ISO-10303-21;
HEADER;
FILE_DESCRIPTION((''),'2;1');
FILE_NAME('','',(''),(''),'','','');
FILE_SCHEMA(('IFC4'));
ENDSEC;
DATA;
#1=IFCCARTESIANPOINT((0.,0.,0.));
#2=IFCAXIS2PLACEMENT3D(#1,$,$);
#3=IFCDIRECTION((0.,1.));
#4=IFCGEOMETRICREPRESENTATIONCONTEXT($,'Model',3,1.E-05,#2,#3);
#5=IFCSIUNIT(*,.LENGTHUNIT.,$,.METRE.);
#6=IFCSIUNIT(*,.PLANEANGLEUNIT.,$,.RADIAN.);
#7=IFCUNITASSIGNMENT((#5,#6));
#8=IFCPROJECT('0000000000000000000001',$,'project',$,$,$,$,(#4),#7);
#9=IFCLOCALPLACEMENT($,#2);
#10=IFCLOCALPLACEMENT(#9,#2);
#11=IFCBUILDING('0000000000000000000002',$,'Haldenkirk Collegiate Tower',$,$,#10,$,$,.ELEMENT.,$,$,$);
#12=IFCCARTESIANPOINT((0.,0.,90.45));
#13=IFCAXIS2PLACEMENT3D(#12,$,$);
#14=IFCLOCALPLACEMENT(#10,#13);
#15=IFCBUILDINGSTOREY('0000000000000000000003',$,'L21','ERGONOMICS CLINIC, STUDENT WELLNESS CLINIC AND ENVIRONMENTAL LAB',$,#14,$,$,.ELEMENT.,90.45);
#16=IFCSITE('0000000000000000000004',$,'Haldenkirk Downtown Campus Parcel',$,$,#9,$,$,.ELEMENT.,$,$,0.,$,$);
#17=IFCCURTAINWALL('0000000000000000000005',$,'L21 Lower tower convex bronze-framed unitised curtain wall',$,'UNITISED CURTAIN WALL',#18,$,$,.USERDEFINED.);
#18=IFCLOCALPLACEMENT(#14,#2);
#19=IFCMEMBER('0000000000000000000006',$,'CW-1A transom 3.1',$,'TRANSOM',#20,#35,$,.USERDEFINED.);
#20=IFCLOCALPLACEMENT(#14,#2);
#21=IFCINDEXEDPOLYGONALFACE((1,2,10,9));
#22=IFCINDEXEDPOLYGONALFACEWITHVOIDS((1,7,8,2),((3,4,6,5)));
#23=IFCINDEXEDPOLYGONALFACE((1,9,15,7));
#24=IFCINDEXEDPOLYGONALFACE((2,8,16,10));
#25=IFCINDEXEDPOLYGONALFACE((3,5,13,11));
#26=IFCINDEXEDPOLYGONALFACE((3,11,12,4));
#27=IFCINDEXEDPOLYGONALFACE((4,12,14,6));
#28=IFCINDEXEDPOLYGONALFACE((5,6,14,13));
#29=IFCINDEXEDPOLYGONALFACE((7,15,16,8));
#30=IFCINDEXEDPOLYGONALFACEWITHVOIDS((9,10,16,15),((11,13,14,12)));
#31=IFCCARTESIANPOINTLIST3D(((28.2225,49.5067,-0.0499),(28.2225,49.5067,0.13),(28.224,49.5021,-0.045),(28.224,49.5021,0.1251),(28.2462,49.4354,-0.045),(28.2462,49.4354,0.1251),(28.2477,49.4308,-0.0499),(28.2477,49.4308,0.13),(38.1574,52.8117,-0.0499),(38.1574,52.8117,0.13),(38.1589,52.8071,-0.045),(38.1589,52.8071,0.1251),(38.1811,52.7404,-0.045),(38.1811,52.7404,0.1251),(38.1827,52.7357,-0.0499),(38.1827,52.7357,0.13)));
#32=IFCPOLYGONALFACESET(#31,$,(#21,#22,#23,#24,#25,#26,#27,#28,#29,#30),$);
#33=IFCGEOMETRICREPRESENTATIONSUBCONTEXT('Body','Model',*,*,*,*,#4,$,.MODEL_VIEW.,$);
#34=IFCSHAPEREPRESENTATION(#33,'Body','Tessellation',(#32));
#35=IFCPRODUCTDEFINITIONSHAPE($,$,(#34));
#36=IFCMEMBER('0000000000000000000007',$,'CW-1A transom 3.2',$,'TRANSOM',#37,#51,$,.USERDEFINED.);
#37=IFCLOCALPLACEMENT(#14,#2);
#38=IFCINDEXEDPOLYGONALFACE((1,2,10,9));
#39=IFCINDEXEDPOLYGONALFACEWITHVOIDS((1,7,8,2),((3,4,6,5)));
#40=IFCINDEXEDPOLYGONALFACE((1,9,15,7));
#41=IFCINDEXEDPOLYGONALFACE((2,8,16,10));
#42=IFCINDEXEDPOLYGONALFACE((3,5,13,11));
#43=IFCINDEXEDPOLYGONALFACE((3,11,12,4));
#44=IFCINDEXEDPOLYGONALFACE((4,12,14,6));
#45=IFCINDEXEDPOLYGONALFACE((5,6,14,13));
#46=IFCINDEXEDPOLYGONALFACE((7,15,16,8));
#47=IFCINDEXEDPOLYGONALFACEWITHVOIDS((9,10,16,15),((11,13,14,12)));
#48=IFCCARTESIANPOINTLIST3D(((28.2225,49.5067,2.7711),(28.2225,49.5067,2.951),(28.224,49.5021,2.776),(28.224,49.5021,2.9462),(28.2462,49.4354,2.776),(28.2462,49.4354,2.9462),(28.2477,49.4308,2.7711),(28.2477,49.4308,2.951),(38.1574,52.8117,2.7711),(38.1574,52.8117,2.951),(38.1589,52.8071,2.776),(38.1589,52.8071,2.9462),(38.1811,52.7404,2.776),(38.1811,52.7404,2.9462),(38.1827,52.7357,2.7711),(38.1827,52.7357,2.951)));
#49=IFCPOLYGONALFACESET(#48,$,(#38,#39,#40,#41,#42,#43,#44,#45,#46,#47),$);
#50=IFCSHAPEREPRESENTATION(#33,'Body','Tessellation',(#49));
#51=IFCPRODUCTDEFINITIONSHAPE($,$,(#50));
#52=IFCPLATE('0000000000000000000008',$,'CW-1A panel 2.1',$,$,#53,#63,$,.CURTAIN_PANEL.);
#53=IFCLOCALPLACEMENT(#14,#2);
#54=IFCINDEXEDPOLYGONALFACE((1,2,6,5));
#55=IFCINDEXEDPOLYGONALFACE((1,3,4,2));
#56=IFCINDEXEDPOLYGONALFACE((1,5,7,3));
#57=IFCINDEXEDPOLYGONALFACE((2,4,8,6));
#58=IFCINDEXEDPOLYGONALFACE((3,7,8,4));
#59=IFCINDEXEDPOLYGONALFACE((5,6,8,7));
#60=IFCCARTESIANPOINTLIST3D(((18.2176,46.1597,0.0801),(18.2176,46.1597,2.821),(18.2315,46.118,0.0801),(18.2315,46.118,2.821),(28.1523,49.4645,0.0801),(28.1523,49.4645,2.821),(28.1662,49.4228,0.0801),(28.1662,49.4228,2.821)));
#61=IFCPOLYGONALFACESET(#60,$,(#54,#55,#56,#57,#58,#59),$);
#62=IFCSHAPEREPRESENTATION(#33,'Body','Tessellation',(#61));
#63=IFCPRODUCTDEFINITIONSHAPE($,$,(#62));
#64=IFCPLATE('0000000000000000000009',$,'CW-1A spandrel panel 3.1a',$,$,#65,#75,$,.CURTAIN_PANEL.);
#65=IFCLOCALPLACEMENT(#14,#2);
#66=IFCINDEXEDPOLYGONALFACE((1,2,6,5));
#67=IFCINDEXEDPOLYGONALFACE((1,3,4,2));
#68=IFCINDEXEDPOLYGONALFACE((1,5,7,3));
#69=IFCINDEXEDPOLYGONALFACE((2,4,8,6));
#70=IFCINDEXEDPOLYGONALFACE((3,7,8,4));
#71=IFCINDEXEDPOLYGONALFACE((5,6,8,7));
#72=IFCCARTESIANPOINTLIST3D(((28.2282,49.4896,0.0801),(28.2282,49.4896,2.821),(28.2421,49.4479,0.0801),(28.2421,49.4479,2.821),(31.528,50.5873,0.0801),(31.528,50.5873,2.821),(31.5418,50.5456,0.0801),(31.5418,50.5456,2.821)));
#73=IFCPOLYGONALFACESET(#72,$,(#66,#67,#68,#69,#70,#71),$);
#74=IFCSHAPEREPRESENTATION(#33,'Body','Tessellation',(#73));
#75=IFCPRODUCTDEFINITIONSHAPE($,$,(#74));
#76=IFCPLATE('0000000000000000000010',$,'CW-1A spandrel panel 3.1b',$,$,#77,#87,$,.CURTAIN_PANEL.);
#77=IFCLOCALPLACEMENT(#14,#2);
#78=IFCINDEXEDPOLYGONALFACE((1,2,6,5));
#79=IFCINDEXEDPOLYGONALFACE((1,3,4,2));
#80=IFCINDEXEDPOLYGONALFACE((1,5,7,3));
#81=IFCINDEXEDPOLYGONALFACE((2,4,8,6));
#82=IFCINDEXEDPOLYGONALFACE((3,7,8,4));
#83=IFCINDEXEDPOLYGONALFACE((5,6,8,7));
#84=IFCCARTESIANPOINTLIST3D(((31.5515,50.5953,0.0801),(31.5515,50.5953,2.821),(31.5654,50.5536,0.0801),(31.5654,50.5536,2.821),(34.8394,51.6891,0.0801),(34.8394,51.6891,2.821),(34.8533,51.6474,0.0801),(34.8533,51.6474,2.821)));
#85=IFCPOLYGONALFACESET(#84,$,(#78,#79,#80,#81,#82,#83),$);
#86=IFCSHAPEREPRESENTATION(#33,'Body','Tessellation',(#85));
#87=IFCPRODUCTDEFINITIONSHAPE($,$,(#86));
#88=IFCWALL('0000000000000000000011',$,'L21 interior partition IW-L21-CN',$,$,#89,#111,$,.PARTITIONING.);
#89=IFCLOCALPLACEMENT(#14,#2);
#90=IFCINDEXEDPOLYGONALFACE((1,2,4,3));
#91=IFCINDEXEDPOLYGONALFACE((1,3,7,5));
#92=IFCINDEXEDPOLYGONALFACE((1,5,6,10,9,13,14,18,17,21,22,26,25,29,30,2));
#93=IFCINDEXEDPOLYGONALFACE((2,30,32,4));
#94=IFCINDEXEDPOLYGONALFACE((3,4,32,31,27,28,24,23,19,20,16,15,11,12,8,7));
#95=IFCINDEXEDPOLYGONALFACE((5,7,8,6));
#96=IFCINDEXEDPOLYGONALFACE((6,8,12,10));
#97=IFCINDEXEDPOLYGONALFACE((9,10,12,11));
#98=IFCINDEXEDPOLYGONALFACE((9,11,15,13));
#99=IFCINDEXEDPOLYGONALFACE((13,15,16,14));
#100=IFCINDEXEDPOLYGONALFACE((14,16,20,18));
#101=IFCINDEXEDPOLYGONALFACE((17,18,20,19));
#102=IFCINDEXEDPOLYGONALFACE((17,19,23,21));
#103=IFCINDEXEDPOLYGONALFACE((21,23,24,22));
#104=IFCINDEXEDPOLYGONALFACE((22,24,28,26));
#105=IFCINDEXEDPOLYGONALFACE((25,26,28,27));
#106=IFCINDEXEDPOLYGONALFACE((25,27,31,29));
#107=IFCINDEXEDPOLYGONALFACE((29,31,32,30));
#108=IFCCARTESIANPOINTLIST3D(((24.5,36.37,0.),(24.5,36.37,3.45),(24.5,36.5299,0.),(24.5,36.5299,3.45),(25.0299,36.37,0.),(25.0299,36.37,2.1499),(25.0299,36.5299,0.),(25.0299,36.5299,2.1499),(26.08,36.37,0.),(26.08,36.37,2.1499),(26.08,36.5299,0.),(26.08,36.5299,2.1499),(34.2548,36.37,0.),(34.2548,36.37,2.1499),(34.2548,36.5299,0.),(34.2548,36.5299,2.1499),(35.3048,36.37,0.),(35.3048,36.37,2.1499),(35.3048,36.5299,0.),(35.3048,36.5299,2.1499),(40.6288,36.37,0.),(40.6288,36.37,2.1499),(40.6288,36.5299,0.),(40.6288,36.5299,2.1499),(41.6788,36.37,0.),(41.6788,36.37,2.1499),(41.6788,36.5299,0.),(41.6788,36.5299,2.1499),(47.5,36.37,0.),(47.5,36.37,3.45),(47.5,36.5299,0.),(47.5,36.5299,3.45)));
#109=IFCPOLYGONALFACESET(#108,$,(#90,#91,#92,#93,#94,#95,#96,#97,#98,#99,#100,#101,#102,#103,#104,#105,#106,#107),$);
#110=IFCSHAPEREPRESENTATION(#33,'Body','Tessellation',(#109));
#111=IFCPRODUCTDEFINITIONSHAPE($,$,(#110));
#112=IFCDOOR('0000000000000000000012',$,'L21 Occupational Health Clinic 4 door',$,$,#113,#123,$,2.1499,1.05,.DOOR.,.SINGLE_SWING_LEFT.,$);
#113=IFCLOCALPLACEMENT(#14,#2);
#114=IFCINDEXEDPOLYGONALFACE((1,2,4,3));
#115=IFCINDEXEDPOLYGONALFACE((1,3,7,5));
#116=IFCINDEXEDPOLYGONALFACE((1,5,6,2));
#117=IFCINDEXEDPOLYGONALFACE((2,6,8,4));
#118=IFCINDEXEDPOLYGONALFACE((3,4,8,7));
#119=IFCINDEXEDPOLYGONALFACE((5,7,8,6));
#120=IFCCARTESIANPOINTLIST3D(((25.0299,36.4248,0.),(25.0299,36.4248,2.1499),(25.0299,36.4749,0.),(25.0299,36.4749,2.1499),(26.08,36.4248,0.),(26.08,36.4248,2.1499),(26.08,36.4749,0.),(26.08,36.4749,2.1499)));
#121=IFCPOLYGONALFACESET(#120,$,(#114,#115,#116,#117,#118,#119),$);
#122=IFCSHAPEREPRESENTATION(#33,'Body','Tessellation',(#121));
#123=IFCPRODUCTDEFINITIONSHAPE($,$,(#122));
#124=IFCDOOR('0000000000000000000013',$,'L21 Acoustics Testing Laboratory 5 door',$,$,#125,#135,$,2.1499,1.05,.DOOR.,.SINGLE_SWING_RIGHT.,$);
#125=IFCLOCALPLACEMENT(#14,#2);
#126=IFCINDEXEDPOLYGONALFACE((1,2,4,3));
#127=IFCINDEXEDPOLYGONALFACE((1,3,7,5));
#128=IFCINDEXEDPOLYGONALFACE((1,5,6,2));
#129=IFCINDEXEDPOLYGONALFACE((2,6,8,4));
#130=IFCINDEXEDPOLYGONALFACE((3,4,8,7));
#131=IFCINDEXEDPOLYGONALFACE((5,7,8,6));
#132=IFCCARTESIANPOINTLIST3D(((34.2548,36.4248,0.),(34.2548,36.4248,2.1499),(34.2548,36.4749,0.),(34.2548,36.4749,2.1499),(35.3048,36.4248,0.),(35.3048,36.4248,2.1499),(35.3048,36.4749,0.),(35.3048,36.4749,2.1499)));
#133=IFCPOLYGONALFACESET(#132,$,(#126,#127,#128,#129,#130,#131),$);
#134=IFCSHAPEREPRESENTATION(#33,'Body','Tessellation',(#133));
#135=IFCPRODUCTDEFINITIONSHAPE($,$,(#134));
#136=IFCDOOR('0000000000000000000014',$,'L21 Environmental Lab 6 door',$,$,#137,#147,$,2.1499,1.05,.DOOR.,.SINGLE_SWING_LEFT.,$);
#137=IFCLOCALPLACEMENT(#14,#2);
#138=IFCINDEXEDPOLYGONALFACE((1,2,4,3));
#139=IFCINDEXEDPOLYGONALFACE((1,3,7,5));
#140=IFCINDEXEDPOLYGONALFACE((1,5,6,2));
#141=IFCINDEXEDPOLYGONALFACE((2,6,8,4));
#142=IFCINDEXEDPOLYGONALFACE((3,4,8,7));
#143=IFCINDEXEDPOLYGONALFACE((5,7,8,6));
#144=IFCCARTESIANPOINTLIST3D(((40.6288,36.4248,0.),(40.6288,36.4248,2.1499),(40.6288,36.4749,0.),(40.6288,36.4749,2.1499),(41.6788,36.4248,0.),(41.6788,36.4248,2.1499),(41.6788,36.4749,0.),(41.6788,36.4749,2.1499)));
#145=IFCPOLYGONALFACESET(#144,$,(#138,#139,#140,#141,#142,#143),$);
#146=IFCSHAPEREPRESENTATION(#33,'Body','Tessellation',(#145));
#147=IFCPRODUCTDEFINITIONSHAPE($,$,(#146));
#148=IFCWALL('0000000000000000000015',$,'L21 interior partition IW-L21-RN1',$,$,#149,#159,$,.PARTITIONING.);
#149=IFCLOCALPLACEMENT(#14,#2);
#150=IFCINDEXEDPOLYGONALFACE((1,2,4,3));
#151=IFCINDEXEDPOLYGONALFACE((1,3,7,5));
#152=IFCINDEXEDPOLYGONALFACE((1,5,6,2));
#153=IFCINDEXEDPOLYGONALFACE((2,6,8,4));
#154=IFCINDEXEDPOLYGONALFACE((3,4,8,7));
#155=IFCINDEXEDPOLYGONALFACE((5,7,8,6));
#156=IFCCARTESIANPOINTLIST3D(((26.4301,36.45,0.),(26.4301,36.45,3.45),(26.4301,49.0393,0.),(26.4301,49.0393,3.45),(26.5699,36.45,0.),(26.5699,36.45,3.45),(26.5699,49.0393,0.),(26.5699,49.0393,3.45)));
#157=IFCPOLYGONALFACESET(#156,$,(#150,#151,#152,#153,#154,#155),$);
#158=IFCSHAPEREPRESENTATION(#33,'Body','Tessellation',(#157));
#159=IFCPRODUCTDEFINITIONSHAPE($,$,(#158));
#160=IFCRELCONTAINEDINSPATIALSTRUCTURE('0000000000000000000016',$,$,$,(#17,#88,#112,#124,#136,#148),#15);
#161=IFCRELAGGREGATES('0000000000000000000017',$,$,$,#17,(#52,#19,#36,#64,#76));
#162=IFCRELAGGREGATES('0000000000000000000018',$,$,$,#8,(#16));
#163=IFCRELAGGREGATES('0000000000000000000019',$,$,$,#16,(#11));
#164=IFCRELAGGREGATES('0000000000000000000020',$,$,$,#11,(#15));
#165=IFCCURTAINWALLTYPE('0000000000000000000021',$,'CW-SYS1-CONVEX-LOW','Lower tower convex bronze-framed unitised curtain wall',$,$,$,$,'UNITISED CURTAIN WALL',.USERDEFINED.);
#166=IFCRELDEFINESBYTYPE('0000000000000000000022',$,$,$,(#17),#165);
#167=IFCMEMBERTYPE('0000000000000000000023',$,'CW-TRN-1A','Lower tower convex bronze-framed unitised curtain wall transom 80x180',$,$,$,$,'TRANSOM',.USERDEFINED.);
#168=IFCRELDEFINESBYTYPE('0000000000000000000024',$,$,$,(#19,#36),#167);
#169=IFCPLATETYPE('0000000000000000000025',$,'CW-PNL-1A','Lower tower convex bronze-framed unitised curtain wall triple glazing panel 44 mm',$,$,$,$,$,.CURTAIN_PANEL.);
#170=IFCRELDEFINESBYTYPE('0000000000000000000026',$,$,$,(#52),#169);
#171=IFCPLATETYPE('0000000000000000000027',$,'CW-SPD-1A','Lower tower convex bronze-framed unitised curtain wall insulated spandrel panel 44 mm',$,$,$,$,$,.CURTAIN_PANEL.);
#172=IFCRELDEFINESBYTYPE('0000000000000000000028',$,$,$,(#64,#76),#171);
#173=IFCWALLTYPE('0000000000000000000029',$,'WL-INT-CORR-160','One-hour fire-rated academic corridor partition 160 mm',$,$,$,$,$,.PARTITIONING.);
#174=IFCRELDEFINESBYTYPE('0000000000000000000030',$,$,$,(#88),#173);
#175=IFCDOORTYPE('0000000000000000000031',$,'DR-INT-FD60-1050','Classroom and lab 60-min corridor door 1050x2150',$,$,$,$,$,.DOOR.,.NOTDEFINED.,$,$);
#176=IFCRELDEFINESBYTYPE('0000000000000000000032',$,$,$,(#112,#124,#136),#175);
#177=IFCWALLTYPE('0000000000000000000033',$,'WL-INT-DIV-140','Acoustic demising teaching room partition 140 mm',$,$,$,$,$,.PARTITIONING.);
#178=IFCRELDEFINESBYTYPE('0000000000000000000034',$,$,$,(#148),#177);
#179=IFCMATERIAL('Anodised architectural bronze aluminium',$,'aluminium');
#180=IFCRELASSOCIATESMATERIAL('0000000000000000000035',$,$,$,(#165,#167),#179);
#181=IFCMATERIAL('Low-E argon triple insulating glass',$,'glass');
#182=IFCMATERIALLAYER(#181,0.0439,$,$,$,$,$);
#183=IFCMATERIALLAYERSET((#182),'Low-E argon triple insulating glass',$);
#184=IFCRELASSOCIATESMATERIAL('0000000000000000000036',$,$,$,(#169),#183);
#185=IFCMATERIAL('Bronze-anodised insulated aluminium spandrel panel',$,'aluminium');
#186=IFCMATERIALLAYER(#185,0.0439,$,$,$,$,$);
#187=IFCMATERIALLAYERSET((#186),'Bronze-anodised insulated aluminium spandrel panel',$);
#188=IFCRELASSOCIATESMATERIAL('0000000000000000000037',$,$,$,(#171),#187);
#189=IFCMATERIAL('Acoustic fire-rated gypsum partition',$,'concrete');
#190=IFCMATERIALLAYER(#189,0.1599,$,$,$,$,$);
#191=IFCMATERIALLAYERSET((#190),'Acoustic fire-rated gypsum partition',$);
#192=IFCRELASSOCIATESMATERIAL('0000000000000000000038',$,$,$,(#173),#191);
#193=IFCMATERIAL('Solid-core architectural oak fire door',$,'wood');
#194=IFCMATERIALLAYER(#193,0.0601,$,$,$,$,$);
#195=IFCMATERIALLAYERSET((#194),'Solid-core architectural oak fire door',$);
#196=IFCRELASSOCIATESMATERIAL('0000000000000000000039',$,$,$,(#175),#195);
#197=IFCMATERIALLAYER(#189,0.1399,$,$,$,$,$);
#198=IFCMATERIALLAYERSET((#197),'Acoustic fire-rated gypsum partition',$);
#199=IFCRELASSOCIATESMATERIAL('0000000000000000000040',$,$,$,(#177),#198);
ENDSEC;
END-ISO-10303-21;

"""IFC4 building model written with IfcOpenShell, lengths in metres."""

from ifc_helpers import new_model, si_unit, direction, frame, frame_2d, origin, origin_2d, place, context, subcontext, project, spatial, rectangle, hollow_rectangle, extrude, source, transform, mapped, material, layer, layer_set, material_profile, profile_set, type_object, element, fill, aggregate, save


model = new_model("IFC4")

# Units and contexts
model_context = context("Model", 3, precision=1e-05, world=origin(), true_north=direction((0.0, 1.0)))
body_context = subcontext(model_context, "Body", "Model", "MODEL_VIEW")
ifc_project = project(units=[si_unit("LENGTHUNIT", "METRE"), si_unit("PLANEANGLEUNIT", "RADIAN")], contexts=[model_context])

# Site, building, storey
site_placement = place(None, origin())
site = spatial("IfcSite", under=ifc_project, at=site_placement, Name="Haldenkirk Downtown Campus Parcel", CompositionType="ELEMENT", RefElevation=0.0)
building_placement = place(site_placement, origin())
building = spatial("IfcBuilding", under=site, at=building_placement, Name="Haldenkirk Collegiate Tower", CompositionType="ELEMENT")
storey_placement = place(building_placement, frame((0.0, 0.0, 90.45)))
storey = spatial("IfcBuildingStorey", under=building, at=storey_placement, Name="L21", Description="ERGONOMICS CLINIC, STUDENT WELLNESS CLINIC AND ENVIRONMENTAL LAB", CompositionType="ELEMENT", Elevation=90.45)

# Curtain wall, members, plates
ifc_material_1 = material(Name="Anodised architectural bronze aluminium", Category="aluminium")
curtain_wall_type = type_object("IfcCurtainWallType", Name="CW-SYS1-CONVEX-LOW", Description="Lower tower convex bronze-framed unitised curtain wall", ElementType="UNITISED CURTAIN WALL", PredefinedType="USERDEFINED", material=ifc_material_1)
curtain_wall_placement = place(storey_placement, origin())
curtain_wall = element("IfcCurtainWall", 1, at=curtain_wall_placement, inside=storey, type_object=curtain_wall_type, Name="L21 Lower tower convex bronze-framed unitised curtain wall", ObjectType="UNITISED CURTAIN WALL", PredefinedType="USERDEFINED")
ifc_material_profile_1 = material_profile(ifc_material_1, hollow_rectangle(XDim=0.0801, YDim=0.1799, WallThickness=0.0049, at=origin_2d()), Name="CW-TRN-1A")
ifc_profile_set_1 = profile_set([ifc_material_profile_1], Name="Anodised architectural bronze aluminium")
member_type_1 = type_object("IfcMemberType", Name="CW-TRN-1A", Description="Lower tower convex bronze-framed unitised curtain wall transom 80x180", ElementType="TRANSOM", PredefinedType="USERDEFINED", material=ifc_profile_set_1)
member_1_placement = place(storey_placement, frame((28.2351, 49.4688, 0.04), z_axis=(0.948874, 0.315654, 0.0), x_axis=(-0.315654, 0.948874, 0.0)))
member_1 = element("IfcMember", 2, at=member_1_placement, type_object=member_type_1, Name="CW-1A transom 3.1", ObjectType="TRANSOM", PredefinedType="USERDEFINED", context=body_context, shape_type="SweptSolid", body=[
    extrude(hollow_rectangle(XDim=0.0801, YDim=0.1799, WallThickness=0.0049, at=origin_2d()), origin(), (0.0, 0.0, 1.0), 10.4702),
])
member_2_placement = place(storey_placement, frame((28.2351, 49.4688, 2.8611), z_axis=(0.948874, 0.315654, 0.0), x_axis=(-0.315654, 0.948874, 0.0)))
member_2 = element("IfcMember", 3, at=member_2_placement, type_object=member_type_1, Name="CW-1A transom 3.2", ObjectType="TRANSOM", PredefinedType="USERDEFINED", context=body_context, shape_type="SweptSolid", body=[
    extrude(hollow_rectangle(XDim=0.0801, YDim=0.1799, WallThickness=0.0049, at=origin_2d()), origin(), (0.0, 0.0, 1.0), 10.4702),
])
ifc_material_2 = material(Name="Low-E argon triple insulating glass", Category="glass")
ifc_layer_1 = layer(ifc_material_2, 0.0439)
ifc_layer_set_1 = layer_set([ifc_layer_1], Name="Low-E argon triple insulating glass")
plate_type_1 = type_object("IfcPlateType", Name="CW-PNL-1A", Description="Lower tower convex bronze-framed unitised curtain wall triple glazing panel 44 mm", PredefinedType="CURTAIN_PANEL", material=ifc_layer_set_1)
shared_shape_1 = source(origin(), body_context, "Body", "SweptSolid", [
    extrude(rectangle(XDim=10.47, YDim=0.0439, at=origin_2d()), origin(), (0.0, 0.0, 1.0), 2.741),
])
plate_1_placement = place(storey_placement, frame((23.1919, 47.7913, 0.0801), z_axis=(0.0, 0.0, 1.0), x_axis=(0.948876, 0.31565, 0.0)))
plate_1 = element("IfcPlate", 4, at=plate_1_placement, type_object=plate_type_1, Name="CW-1A panel 2.1", PredefinedType="CURTAIN_PANEL", context=body_context, shape_type="MappedRepresentation", body=[
    mapped(shared_shape_1, transform((0.0, 0.0, 0.0), x_axis=(1.0, 0.0, 0.0), y_axis=(0.0, 1.0, 0.0), z_axis=(0.0, 0.0, 1.0), scale=1.0)),
])
ifc_material_3 = material(Name="Bronze-anodised insulated aluminium spandrel panel", Category="aluminium")
ifc_layer_2 = layer(ifc_material_3, 0.0439)
ifc_layer_set_2 = layer_set([ifc_layer_2], Name="Bronze-anodised insulated aluminium spandrel panel")
plate_type_2 = type_object("IfcPlateType", Name="CW-SPD-1A", Description="Lower tower convex bronze-framed unitised curtain wall insulated spandrel panel 44 mm", PredefinedType="CURTAIN_PANEL", material=ifc_layer_set_2)
shared_shape_2 = source(origin(), body_context, "Body", "SweptSolid", [
    extrude(rectangle(XDim=3.4775, YDim=0.0439, at=origin_2d()), origin(), (0.0, 0.0, 1.0), 2.741),
])
plate_2_placement = place(storey_placement, frame((29.885, 50.0176, 0.0801), z_axis=(0.0, 0.0, 1.0), x_axis=(0.948876, 0.31565, 0.0)))
plate_2 = element("IfcPlate", 5, at=plate_2_placement, type_object=plate_type_2, Name="CW-1A spandrel panel 3.1a", PredefinedType="CURTAIN_PANEL", context=body_context, shape_type="MappedRepresentation", body=[
    mapped(shared_shape_2, transform((0.0, 0.0, 0.0), x_axis=(1.0, 0.0, 0.0), y_axis=(0.0, 1.0, 0.0), z_axis=(0.0, 0.0, 1.0), scale=1.0)),
])
shared_shape_3 = source(origin(), body_context, "Body", "SweptSolid", [
    extrude(rectangle(XDim=3.4651, YDim=0.0439, at=origin_2d()), origin(), (0.0, 0.0, 1.0), 2.741),
])
plate_3_placement = place(storey_placement, frame((33.2024, 51.1213, 0.0801), z_axis=(0.0, 0.0, 1.0), x_axis=(0.948876, 0.31565, 0.0)))
plate_3 = element("IfcPlate", 6, at=plate_3_placement, type_object=plate_type_2, Name="CW-1A spandrel panel 3.1b", PredefinedType="CURTAIN_PANEL", context=body_context, shape_type="MappedRepresentation", body=[
    mapped(shared_shape_3, transform((0.0, 0.0, 0.0), x_axis=(1.0, 0.0, 0.0), y_axis=(0.0, 1.0, 0.0), z_axis=(0.0, 0.0, 1.0), scale=1.0)),
])
aggregate(curtain_wall, [plate_1, member_1, member_2, plate_2, plate_3])

# Wall, openings, doors
ifc_material_4 = material(Name="Acoustic fire-rated gypsum partition", Category="concrete")
ifc_layer_3 = layer(ifc_material_4, 0.1599)
ifc_layer_set_3 = layer_set([ifc_layer_3], Name="Acoustic fire-rated gypsum partition")
wall_type_1 = type_object("IfcWallType", Name="WL-INT-CORR-160", Description="One-hour fire-rated academic corridor partition 160 mm", PredefinedType="PARTITIONING", material=ifc_layer_set_3)
wall_1_placement = place(storey_placement, frame((24.5, 36.45, 0.0), z_axis=(0.0, 0.0, 1.0), x_axis=(1.0, 0.0, 0.0)))
wall_1 = element("IfcWall", 7, at=wall_1_placement, inside=storey, type_object=wall_type_1, Name="L21 interior partition IW-L21-CN", PredefinedType="PARTITIONING", context=body_context, shape_type="SweptSolid", body=[
    extrude(rectangle(XDim=23.0, YDim=0.1599, at=frame_2d((11.5, 0.0))), origin(), (0.0, 0.0, 1.0), 3.45),
])
opening_1_placement = place(wall_1_placement, frame((0.53, 0.0, 0.0)))
opening_1 = element("IfcOpeningElement", 8, at=opening_1_placement, cuts=wall_1, PredefinedType="OPENING", context=body_context, shape_type="SweptSolid", body=[
    extrude(rectangle(XDim=1.05, YDim=2.1499, at=frame_2d((0.5249, 1.075))), frame((0.0, 0.0898, 0.0), z_axis=(0.0, -1.0, 0.0), x_axis=(1.0, 0.0, 0.0)), (0.0, 0.0, 1.0), 0.1799),
])
opening_2_placement = place(wall_1_placement, frame((9.7549, 0.0, 0.0)))
opening_2 = element("IfcOpeningElement", 9, at=opening_2_placement, cuts=wall_1, PredefinedType="OPENING", context=body_context, shape_type="SweptSolid", body=[
    extrude(rectangle(XDim=1.05, YDim=2.1499, at=frame_2d((0.5249, 1.075))), frame((0.0, 0.0898, 0.0), z_axis=(0.0, -1.0, 0.0), x_axis=(1.0, 0.0, 0.0)), (0.0, 0.0, 1.0), 0.1799),
])
opening_3_placement = place(wall_1_placement, frame((16.1289, 0.0, 0.0)))
opening_3 = element("IfcOpeningElement", 10, at=opening_3_placement, cuts=wall_1, PredefinedType="OPENING", context=body_context, shape_type="SweptSolid", body=[
    extrude(rectangle(XDim=1.05, YDim=2.1499, at=frame_2d((0.5249, 1.075))), frame((0.0, 0.0898, 0.0), z_axis=(0.0, -1.0, 0.0), x_axis=(1.0, 0.0, 0.0)), (0.0, 0.0, 1.0), 0.1799),
])
ifc_material_5 = material(Name="Solid-core architectural oak fire door", Category="wood")
ifc_layer_4 = layer(ifc_material_5, 0.0601)
ifc_layer_set_4 = layer_set([ifc_layer_4], Name="Solid-core architectural oak fire door")
door_type = type_object("IfcDoorType", Name="DR-INT-FD60-1050", Description="Classroom and lab 60-min corridor door 1050x2150", OperationType="NOTDEFINED", PredefinedType="DOOR", material=ifc_layer_set_4)
door_1_placement = place(opening_1_placement, origin())
door_1 = element("IfcDoor", 11, at=door_1_placement, inside=storey, type_object=door_type, Name="L21 Occupational Health Clinic 4 door", OperationType="SINGLE_SWING_LEFT", OverallHeight=2.1499, OverallWidth=1.05, PredefinedType="DOOR", context=body_context, shape_type="SweptSolid", body=[
    extrude(rectangle(XDim=1.05, YDim=2.1499, at=frame_2d((0.5249, 1.075))), frame((0.0, 0.0249, 0.0), z_axis=(0.0, -1.0, 0.0), x_axis=(1.0, 0.0, 0.0)), (0.0, 0.0, 1.0), 0.05),
])
fill(opening_1, door_1)
door_2_placement = place(opening_2_placement, origin())
door_2 = element("IfcDoor", 12, at=door_2_placement, inside=storey, type_object=door_type, Name="L21 Acoustics Testing Laboratory 5 door", OperationType="SINGLE_SWING_RIGHT", OverallHeight=2.1499, OverallWidth=1.05, PredefinedType="DOOR", context=body_context, shape_type="SweptSolid", body=[
    extrude(rectangle(XDim=1.05, YDim=2.1499, at=frame_2d((0.5249, 1.075))), frame((0.0, 0.0249, 0.0), z_axis=(0.0, -1.0, 0.0), x_axis=(1.0, 0.0, 0.0)), (0.0, 0.0, 1.0), 0.05),
])
fill(opening_2, door_2)
door_3_placement = place(opening_3_placement, origin())
door_3 = element("IfcDoor", 13, at=door_3_placement, inside=storey, type_object=door_type, Name="L21 Environmental Lab 6 door", OperationType="SINGLE_SWING_LEFT", OverallHeight=2.1499, OverallWidth=1.05, PredefinedType="DOOR", context=body_context, shape_type="SweptSolid", body=[
    extrude(rectangle(XDim=1.05, YDim=2.1499, at=frame_2d((0.5249, 1.075))), frame((0.0, 0.0249, 0.0), z_axis=(0.0, -1.0, 0.0), x_axis=(1.0, 0.0, 0.0)), (0.0, 0.0, 1.0), 0.05),
])
fill(opening_3, door_3)

# Wall
ifc_layer_5 = layer(ifc_material_4, 0.1399)
ifc_layer_set_5 = layer_set([ifc_layer_5], Name="Acoustic fire-rated gypsum partition")
wall_type_2 = type_object("IfcWallType", Name="WL-INT-DIV-140", Description="Acoustic demising teaching room partition 140 mm", PredefinedType="PARTITIONING", material=ifc_layer_set_5)
wall_2_placement = place(storey_placement, frame((26.5, 36.45, 0.0), z_axis=(0.0, 0.0, 1.0), x_axis=(0.0, 1.0, 0.0)))
element("IfcWall", 14, at=wall_2_placement, inside=storey, type_object=wall_type_2, Name="L21 interior partition IW-L21-RN1", PredefinedType="PARTITIONING", context=body_context, shape_type="SweptSolid", body=[
    extrude(rectangle(XDim=12.5894, YDim=0.1399, at=frame_2d((6.2947, 0.0))), origin(), (0.0, 0.0, 1.0), 3.45),
])

save(model, "model.ifc")
